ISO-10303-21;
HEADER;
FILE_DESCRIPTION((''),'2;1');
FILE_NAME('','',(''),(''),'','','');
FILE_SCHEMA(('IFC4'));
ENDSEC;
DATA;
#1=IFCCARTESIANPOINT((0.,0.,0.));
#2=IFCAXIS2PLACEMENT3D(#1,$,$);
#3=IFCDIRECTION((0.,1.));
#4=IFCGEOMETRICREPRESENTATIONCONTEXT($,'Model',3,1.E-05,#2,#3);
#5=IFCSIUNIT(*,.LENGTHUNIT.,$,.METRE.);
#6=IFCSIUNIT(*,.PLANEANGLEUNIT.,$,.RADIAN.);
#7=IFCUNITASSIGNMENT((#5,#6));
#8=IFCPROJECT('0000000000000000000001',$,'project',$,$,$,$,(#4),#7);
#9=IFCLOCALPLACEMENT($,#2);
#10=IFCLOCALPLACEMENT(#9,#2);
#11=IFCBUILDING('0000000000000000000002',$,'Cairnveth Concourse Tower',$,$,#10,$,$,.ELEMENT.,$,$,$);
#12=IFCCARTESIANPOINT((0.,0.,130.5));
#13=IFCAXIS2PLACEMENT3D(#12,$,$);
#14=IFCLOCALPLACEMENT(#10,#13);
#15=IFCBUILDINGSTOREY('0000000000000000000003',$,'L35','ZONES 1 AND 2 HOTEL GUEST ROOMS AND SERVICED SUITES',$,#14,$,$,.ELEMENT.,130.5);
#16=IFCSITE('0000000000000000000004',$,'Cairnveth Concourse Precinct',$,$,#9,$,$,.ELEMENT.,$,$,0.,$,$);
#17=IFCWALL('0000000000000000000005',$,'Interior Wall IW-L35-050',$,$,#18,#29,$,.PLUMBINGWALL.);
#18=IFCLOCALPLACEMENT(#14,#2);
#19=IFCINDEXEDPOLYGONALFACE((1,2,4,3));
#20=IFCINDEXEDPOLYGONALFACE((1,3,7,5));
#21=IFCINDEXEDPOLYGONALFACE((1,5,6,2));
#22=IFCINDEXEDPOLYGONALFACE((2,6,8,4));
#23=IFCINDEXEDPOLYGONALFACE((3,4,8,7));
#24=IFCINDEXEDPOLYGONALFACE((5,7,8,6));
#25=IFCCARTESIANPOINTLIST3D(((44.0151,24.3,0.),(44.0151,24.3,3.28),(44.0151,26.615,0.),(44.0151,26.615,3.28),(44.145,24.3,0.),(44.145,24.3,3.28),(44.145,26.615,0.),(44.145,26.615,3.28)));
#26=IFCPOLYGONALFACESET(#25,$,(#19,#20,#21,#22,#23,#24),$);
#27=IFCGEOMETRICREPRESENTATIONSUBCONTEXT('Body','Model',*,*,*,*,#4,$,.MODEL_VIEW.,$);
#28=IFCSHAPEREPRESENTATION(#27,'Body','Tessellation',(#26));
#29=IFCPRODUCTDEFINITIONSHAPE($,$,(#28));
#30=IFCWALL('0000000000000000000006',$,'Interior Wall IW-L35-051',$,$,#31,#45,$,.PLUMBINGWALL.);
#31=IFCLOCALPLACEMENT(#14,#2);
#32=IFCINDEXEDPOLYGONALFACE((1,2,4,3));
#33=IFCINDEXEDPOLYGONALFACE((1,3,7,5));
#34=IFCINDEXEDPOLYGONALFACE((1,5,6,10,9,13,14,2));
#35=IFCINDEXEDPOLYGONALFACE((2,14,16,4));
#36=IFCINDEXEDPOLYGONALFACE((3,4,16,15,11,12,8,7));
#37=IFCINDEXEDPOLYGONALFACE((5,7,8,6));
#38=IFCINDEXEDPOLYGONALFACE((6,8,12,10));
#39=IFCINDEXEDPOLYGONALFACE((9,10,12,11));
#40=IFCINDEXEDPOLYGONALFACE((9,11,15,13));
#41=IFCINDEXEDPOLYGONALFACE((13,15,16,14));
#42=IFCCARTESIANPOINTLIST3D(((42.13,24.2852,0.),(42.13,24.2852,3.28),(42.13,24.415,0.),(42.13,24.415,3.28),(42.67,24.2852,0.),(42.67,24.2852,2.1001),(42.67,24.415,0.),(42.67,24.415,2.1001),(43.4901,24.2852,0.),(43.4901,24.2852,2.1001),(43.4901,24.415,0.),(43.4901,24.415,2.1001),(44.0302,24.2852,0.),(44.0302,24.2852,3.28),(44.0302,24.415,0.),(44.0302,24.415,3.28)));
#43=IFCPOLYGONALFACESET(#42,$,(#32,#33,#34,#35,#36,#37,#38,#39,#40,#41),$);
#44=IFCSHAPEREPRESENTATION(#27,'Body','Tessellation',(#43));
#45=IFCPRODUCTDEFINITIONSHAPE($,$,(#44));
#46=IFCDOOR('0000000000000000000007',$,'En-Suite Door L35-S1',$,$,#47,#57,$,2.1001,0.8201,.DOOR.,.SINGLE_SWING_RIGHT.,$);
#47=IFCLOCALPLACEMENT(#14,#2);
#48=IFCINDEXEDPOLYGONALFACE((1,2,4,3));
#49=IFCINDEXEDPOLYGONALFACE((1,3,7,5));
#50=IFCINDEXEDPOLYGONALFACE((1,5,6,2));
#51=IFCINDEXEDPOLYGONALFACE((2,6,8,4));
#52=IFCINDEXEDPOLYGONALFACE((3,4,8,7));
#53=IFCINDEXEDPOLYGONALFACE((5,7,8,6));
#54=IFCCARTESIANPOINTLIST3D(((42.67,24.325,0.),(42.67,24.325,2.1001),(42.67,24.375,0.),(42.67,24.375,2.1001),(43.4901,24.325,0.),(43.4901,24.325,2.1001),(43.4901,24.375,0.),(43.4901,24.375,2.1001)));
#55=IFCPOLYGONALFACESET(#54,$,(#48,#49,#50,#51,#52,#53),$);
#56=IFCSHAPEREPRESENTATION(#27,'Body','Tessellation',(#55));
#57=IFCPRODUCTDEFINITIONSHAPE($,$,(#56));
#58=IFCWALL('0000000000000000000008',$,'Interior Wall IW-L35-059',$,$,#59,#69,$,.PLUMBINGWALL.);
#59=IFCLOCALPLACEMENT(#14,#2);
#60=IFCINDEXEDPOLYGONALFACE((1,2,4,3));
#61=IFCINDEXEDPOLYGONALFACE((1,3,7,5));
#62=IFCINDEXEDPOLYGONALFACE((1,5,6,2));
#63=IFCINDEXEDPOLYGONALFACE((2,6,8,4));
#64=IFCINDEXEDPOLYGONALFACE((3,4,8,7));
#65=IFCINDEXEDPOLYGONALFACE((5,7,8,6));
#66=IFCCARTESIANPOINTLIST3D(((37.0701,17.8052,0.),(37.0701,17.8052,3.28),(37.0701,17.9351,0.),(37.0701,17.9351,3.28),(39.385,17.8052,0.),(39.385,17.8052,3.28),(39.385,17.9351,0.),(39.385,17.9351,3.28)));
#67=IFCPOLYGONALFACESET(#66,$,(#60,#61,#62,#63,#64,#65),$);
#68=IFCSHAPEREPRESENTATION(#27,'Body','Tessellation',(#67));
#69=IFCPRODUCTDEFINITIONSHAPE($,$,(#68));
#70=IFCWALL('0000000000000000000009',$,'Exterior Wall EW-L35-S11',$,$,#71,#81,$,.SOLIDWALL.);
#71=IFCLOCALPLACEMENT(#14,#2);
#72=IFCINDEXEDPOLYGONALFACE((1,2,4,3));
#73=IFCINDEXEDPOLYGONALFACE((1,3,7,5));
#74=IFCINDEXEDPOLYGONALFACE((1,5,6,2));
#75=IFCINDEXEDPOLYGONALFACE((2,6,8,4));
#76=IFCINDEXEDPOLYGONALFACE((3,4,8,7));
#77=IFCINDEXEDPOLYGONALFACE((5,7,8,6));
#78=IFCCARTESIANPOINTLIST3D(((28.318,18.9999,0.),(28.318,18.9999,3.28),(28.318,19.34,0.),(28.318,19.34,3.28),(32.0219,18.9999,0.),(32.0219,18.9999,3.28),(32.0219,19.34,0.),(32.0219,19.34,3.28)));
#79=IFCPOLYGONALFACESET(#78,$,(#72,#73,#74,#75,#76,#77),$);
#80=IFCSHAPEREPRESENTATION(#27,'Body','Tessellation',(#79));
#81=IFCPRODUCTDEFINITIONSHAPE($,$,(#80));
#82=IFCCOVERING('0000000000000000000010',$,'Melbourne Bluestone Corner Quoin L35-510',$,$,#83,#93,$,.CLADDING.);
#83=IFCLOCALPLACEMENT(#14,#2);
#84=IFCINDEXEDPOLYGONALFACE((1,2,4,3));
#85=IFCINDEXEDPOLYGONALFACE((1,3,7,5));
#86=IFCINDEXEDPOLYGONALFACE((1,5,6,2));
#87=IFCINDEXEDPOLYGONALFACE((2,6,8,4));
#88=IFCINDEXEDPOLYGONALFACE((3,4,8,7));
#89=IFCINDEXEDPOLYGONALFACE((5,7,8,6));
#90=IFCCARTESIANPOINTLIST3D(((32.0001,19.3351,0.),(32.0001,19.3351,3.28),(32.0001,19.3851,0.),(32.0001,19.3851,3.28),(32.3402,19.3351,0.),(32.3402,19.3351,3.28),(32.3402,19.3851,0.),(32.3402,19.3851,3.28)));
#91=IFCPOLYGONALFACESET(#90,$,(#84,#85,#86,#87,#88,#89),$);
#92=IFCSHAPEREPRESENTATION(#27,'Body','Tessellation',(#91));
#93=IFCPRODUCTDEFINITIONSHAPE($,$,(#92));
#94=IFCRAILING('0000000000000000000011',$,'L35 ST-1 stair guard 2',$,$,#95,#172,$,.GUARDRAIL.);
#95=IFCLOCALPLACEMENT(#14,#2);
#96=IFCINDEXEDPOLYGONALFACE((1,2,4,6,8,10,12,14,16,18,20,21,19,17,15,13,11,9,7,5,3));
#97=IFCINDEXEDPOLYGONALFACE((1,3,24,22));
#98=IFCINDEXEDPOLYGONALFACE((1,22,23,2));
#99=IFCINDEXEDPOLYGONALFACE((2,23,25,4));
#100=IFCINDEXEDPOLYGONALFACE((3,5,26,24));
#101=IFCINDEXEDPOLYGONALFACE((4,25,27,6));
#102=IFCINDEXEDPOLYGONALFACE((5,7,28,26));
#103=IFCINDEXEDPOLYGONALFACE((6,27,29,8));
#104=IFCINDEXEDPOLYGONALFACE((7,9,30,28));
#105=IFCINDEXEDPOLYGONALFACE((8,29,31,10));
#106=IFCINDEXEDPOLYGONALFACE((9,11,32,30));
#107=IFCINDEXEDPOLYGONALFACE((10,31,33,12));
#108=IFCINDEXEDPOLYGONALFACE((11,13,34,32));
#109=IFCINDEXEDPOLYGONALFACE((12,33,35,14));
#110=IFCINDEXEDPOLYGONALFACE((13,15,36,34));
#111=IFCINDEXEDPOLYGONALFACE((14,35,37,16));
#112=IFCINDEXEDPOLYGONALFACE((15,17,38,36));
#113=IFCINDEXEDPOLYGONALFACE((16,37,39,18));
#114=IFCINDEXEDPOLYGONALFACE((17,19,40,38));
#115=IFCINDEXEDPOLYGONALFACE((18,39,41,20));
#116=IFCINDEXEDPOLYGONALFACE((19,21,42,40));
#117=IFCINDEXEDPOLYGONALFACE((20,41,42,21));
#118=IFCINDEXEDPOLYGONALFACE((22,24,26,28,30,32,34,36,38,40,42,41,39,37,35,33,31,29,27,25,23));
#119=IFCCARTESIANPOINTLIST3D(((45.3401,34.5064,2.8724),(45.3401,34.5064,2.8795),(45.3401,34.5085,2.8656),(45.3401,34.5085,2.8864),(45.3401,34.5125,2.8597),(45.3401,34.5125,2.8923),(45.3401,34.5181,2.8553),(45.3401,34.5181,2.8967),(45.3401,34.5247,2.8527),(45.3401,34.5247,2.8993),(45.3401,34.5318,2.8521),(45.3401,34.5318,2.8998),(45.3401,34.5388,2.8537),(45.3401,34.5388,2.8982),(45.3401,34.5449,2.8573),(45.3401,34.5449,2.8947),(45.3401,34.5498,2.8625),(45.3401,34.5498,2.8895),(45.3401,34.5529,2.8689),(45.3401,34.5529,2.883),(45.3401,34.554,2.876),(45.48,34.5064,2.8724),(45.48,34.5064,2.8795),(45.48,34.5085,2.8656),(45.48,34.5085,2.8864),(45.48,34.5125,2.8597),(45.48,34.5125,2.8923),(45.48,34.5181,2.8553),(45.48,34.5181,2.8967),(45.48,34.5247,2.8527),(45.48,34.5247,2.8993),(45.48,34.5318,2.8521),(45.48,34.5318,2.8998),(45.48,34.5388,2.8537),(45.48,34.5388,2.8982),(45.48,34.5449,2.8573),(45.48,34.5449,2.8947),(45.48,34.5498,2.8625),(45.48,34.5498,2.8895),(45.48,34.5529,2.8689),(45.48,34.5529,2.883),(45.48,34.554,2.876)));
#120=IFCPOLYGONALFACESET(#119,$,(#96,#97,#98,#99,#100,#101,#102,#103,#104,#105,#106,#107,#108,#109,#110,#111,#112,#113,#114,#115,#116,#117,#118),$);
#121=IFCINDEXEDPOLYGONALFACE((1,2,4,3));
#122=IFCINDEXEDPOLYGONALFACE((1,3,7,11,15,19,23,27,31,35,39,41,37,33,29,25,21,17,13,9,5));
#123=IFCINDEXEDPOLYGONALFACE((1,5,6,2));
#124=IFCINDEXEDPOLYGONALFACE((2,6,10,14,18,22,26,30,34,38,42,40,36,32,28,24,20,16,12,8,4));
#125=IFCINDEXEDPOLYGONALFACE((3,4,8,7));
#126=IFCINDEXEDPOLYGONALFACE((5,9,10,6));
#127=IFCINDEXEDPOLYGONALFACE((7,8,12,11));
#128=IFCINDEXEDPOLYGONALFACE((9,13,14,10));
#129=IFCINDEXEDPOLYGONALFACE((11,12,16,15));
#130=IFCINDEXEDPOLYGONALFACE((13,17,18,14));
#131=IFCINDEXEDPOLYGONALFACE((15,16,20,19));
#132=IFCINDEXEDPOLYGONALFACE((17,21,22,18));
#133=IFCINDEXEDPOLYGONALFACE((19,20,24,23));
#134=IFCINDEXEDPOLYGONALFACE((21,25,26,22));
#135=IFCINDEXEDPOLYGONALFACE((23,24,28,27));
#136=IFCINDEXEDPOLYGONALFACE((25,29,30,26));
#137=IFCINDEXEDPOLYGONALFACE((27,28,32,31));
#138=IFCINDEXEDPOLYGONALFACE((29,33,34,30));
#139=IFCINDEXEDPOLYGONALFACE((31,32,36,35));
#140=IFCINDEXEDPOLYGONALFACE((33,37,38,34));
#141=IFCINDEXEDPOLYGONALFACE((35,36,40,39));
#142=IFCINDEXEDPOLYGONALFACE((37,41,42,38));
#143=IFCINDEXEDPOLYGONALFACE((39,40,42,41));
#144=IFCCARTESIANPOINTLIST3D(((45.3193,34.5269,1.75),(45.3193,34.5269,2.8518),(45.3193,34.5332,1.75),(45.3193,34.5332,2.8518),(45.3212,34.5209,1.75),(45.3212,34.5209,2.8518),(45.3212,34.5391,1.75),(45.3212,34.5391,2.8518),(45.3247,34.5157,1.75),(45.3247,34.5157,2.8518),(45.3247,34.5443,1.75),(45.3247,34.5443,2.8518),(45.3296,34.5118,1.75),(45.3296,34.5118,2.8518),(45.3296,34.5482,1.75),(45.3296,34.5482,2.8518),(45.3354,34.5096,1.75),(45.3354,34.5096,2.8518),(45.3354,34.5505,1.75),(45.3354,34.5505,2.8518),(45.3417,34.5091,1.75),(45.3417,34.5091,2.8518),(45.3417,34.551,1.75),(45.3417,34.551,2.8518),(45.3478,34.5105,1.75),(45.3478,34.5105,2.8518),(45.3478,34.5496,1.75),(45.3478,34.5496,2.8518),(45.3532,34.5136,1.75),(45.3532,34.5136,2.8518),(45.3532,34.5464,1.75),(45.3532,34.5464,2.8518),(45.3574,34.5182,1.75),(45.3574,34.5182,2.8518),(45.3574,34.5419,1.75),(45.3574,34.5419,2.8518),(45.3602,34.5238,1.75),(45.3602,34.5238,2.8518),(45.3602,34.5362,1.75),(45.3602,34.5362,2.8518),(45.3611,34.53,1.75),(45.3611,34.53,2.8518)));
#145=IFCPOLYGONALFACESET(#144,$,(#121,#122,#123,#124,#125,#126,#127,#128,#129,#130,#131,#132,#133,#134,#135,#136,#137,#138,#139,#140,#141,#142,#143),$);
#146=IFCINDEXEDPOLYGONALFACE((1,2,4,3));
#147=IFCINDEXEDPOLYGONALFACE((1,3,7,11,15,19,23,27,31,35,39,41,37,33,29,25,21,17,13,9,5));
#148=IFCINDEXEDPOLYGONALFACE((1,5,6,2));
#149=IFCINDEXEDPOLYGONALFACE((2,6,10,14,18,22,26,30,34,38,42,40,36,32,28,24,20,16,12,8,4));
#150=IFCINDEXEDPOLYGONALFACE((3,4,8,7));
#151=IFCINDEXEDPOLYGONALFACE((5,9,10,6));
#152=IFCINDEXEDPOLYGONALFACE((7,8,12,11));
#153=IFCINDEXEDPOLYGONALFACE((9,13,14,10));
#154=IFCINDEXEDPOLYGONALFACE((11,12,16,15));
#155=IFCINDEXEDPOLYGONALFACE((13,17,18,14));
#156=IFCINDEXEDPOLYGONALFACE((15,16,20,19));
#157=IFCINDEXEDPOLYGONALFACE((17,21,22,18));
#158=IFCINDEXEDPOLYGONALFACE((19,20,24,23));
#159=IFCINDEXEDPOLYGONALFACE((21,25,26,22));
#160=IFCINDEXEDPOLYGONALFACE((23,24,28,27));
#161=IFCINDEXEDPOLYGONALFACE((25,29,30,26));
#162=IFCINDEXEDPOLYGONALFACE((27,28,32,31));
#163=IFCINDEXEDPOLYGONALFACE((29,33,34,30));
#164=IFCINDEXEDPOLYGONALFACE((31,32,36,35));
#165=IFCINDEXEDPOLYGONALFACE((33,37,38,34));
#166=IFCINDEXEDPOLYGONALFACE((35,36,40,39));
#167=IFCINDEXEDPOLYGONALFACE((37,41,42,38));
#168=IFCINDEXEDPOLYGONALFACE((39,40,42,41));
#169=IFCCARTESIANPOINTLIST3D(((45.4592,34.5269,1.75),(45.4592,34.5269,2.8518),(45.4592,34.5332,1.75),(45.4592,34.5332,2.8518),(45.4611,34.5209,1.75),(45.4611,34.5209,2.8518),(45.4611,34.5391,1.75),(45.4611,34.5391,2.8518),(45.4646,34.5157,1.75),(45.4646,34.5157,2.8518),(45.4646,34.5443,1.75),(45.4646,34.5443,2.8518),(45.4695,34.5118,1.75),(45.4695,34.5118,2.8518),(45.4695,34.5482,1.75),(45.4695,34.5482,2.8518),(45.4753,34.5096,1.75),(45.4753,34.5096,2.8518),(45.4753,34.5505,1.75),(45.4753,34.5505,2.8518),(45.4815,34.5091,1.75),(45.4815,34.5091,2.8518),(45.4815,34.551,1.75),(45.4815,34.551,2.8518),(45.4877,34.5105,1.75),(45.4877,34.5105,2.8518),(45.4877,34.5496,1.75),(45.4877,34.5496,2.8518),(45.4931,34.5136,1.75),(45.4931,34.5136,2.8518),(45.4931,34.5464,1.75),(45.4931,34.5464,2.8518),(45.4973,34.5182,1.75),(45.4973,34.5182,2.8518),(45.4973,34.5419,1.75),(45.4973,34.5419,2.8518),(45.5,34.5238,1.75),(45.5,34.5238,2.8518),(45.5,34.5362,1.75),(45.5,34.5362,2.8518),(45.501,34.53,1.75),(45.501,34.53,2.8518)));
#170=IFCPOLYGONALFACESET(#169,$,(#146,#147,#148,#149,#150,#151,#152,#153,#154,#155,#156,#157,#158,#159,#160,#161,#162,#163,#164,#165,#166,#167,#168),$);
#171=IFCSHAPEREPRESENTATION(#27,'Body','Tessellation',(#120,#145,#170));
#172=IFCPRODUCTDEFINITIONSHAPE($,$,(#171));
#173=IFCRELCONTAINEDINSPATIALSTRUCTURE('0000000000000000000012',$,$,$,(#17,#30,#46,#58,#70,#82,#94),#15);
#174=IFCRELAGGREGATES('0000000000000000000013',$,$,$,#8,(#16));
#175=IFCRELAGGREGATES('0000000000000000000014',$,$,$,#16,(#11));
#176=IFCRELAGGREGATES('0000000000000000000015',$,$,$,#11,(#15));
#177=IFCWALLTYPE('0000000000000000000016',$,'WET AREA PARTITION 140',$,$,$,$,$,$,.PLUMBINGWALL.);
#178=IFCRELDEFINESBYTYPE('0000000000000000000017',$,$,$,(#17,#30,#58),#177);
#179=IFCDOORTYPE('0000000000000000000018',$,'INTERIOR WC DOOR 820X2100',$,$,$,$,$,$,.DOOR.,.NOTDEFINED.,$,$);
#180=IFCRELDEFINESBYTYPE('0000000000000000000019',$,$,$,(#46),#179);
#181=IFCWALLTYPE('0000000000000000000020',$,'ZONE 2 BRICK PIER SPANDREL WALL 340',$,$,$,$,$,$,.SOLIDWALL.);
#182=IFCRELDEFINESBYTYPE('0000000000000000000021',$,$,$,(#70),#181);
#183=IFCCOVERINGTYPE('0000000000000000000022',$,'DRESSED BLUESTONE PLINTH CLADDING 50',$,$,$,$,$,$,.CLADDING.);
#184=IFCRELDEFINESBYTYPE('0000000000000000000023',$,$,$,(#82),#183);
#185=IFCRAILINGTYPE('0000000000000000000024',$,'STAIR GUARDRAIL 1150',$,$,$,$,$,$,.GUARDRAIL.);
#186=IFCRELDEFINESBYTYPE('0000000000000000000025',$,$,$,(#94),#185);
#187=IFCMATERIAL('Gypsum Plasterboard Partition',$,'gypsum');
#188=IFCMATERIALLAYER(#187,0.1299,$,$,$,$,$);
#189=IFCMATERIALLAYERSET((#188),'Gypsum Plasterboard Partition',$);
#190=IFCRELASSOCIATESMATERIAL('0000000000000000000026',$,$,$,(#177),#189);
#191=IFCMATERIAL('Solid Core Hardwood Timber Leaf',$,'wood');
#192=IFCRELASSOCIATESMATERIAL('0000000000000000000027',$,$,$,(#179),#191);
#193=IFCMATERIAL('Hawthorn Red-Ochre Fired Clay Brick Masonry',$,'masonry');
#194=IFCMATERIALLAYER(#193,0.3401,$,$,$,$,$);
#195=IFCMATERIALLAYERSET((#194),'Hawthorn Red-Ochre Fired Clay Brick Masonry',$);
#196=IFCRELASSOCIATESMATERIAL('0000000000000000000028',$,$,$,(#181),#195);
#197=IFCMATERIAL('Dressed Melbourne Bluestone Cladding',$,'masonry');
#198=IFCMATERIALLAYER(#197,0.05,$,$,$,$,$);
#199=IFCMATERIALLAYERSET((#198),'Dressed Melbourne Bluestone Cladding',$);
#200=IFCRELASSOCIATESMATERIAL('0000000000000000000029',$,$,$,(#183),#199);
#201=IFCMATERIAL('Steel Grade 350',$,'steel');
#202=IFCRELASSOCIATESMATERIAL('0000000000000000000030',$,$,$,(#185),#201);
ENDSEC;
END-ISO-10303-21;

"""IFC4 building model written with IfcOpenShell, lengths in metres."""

from ifc_helpers import new_model, si_unit, direction, frame, frame_2d, origin, origin_2d, place, context, subcontext, project, spatial, rectangle, circle, extrude, material, layer, layer_set, type_object, element, fill, save


model = new_model("IFC4")

# Units and contexts
model_context = context("Model", 3, precision=1e-05, world=origin(), true_north=direction((0.0, 1.0)))
body_context = subcontext(model_context, "Body", "Model", "MODEL_VIEW")
ifc_project = project(units=[si_unit("LENGTHUNIT", "METRE"), si_unit("PLANEANGLEUNIT", "RADIAN")], contexts=[model_context])

# Site, building, storey
site_placement = place(None, origin())
site = spatial("IfcSite", under=ifc_project, at=site_placement, Name="Cairnveth Concourse Precinct", CompositionType="ELEMENT", RefElevation=0.0)
building_placement = place(site_placement, origin())
building = spatial("IfcBuilding", under=site, at=building_placement, Name="Cairnveth Concourse Tower", CompositionType="ELEMENT")
storey_placement = place(building_placement, frame((0.0, 0.0, 130.5)))
storey = spatial("IfcBuildingStorey", under=building, at=storey_placement, Name="L35", Description="ZONES 1 AND 2 HOTEL GUEST ROOMS AND SERVICED SUITES", CompositionType="ELEMENT", Elevation=130.5)

# Shared definitions
ifc_material_1 = material(Name="Gypsum Plasterboard Partition", Category="gypsum")

# Shared definitions
ifc_material_2 = material(Name="Solid Core Hardwood Timber Leaf", Category="wood")

# Wall
ifc_layer_1 = layer(ifc_material_1, 0.1299)
ifc_layer_set_1 = layer_set([ifc_layer_1], Name="Gypsum Plasterboard Partition")
wall_type_1 = type_object("IfcWallType", Name="WET AREA PARTITION 140", PredefinedType="PLUMBINGWALL", material=ifc_layer_set_1)
for number, where, z_axis, x_axis, name in (
    (1, (44.0801, 24.3, 0.0), (0.0, 0.0, 1.0), (0.0, 1.0, 0.0), "Interior Wall IW-L35-050"),
):
    element("IfcWall", number, at=place(storey_placement, frame(where, z_axis=z_axis, x_axis=x_axis)), inside=storey, type_object=wall_type_1, Name=name, PredefinedType="PLUMBINGWALL", context=body_context, shape_type="SweptSolid", body=[
        extrude(rectangle(XDim=2.3149, YDim=0.1299, at=frame_2d((1.1575, 0.0))), origin(), (0.0, 0.0, 1.0), 3.28),
    ])

# Wall, opening, door
wall_1_placement = place(storey_placement, frame((42.1299, 24.3501, 0.0), z_axis=(0.0, 0.0, 1.0), x_axis=(1.0, 0.0, 0.0)))
wall_1 = element("IfcWall", 2, at=wall_1_placement, inside=storey, type_object=wall_type_1, Name="Interior Wall IW-L35-051", PredefinedType="PLUMBINGWALL", context=body_context, shape_type="SweptSolid", body=[
    extrude(rectangle(XDim=1.9001, YDim=0.1299, at=frame_2d((0.9502, 0.0))), origin(), (0.0, 0.0, 1.0), 3.28),
])
opening_1_placement = place(wall_1_placement, frame((0.54, 0.0, 0.0)))
opening_1 = element("IfcOpeningElement", 3, at=opening_1_placement, cuts=wall_1, PredefinedType="OPENING", context=body_context, shape_type="SweptSolid", body=[
    extrude(rectangle(XDim=0.8201, YDim=2.1001, at=frame_2d((0.4102, 1.05))), frame((0.0, 0.075, 0.0), z_axis=(0.0, -1.0, 0.0), x_axis=(1.0, 0.0, 0.0)), (0.0, 0.0, 1.0), 0.1499),
])
door_type_1 = type_object("IfcDoorType", Name="INTERIOR WC DOOR 820X2100", OperationType="NOTDEFINED", PredefinedType="DOOR", material=ifc_material_2)
door_1_placement = place(opening_1_placement, origin())
door_1 = element("IfcDoor", 4, at=door_1_placement, inside=storey, type_object=door_type_1, Name="En-Suite Door L35-S1", OperationType="SINGLE_SWING_RIGHT", OverallHeight=2.1001, OverallWidth=0.8201, PredefinedType="DOOR", context=body_context, shape_type="SweptSolid", body=[
    extrude(rectangle(XDim=0.8201, YDim=2.1001, at=frame_2d((0.4102, 1.05))), frame((0.0, 0.0249, 0.0), z_axis=(0.0, -1.0, 0.0), x_axis=(1.0, 0.0, 0.0)), (0.0, 0.0, 1.0), 0.05),
])
fill(opening_1, door_1)

# Walls
wall_2_placement = place(storey_placement, frame((37.0701, 17.8701, 0.0), z_axis=(0.0, 0.0, 1.0), x_axis=(1.0, 0.0, 0.0)))
element("IfcWall", 5, at=wall_2_placement, inside=storey, type_object=wall_type_1, Name="Interior Wall IW-L35-059", PredefinedType="PLUMBINGWALL", context=body_context, shape_type="SweptSolid", body=[
    extrude(rectangle(XDim=2.3149, YDim=0.1299, at=frame_2d((1.1575, 0.0))), origin(), (0.0, 0.0, 1.0), 3.28),
])
ifc_material_3 = material(Name="Hawthorn Red-Ochre Fired Clay Brick Masonry", Category="masonry")
ifc_layer_2 = layer(ifc_material_3, 0.3401)
ifc_layer_set_2 = layer_set([ifc_layer_2], Name="Hawthorn Red-Ochre Fired Clay Brick Masonry")
wall_type_2 = type_object("IfcWallType", Name="ZONE 2 BRICK PIER SPANDREL WALL 340", PredefinedType="SOLIDWALL", material=ifc_layer_set_2)
wall_3_placement = place(storey_placement, frame((32.022, 19.1699, 0.0), z_axis=(0.0, 0.0, 1.0), x_axis=(-1.0, 0.0, 0.0)))
element("IfcWall", 6, at=wall_3_placement, inside=storey, type_object=wall_type_2, Name="Exterior Wall EW-L35-S11", PredefinedType="SOLIDWALL", context=body_context, shape_type="SweptSolid", body=[
    extrude(rectangle(XDim=3.7039, YDim=0.3401, at=frame_2d((1.8521, 0.0))), origin(), (0.0, 0.0, 1.0), 3.28),
])

# Covering
ifc_material_4 = material(Name="Dressed Melbourne Bluestone Cladding", Category="masonry")
ifc_layer_3 = layer(ifc_material_4, 0.05)
ifc_layer_set_3 = layer_set([ifc_layer_3], Name="Dressed Melbourne Bluestone Cladding")
covering_type = type_object("IfcCoveringType", Name="DRESSED BLUESTONE PLINTH CLADDING 50", PredefinedType="CLADDING", material=ifc_layer_set_3)
covering_placement = place(storey_placement, frame((32.3401, 19.3601, 0.0), z_axis=(0.0, 0.0, 1.0), x_axis=(-1.0, 0.0, 0.0)))
element("IfcCovering", 7, at=covering_placement, inside=storey, type_object=covering_type, Name="Melbourne Bluestone Corner Quoin L35-510", PredefinedType="CLADDING", context=body_context, shape_type="SweptSolid", body=[
    extrude(rectangle(XDim=0.3401, YDim=0.05, at=frame_2d((0.1699, 0.0))), origin(), (0.0, 0.0, 1.0), 3.28),
])

# Railing
ifc_material_5 = material(Name="Steel Grade 350", Category="steel")
railing_type = type_object("IfcRailingType", Name="STAIR GUARDRAIL 1150", PredefinedType="GUARDRAIL", material=ifc_material_5)
railing_placement = place(storey_placement, frame((45.3401, 34.53, 1.75)))
element("IfcRailing", 8, at=railing_placement, inside=storey, type_object=railing_type, Name="L35 ST-1 stair guard 2", PredefinedType="GUARDRAIL", context=body_context, shape_type="SweptSolid", body=[
    extrude(circle(Radius=0.0239, at=origin_2d()), frame((0.0, 0.0, 1.126), z_axis=(1.0, 0.0, 0.0), x_axis=(0.0, 1.0, 0.0)), (0.0, 0.0, 1.0), 0.1399),
    extrude(circle(Radius=0.021, at=origin_2d()), origin(), (0.0, 0.0, 1.0), 1.1018),
    extrude(circle(Radius=0.021, at=origin_2d()), frame((0.1399, 0.0, 0.0)), (0.0, 0.0, 1.0), 1.1018),
])

save(model, "model.ifc")
